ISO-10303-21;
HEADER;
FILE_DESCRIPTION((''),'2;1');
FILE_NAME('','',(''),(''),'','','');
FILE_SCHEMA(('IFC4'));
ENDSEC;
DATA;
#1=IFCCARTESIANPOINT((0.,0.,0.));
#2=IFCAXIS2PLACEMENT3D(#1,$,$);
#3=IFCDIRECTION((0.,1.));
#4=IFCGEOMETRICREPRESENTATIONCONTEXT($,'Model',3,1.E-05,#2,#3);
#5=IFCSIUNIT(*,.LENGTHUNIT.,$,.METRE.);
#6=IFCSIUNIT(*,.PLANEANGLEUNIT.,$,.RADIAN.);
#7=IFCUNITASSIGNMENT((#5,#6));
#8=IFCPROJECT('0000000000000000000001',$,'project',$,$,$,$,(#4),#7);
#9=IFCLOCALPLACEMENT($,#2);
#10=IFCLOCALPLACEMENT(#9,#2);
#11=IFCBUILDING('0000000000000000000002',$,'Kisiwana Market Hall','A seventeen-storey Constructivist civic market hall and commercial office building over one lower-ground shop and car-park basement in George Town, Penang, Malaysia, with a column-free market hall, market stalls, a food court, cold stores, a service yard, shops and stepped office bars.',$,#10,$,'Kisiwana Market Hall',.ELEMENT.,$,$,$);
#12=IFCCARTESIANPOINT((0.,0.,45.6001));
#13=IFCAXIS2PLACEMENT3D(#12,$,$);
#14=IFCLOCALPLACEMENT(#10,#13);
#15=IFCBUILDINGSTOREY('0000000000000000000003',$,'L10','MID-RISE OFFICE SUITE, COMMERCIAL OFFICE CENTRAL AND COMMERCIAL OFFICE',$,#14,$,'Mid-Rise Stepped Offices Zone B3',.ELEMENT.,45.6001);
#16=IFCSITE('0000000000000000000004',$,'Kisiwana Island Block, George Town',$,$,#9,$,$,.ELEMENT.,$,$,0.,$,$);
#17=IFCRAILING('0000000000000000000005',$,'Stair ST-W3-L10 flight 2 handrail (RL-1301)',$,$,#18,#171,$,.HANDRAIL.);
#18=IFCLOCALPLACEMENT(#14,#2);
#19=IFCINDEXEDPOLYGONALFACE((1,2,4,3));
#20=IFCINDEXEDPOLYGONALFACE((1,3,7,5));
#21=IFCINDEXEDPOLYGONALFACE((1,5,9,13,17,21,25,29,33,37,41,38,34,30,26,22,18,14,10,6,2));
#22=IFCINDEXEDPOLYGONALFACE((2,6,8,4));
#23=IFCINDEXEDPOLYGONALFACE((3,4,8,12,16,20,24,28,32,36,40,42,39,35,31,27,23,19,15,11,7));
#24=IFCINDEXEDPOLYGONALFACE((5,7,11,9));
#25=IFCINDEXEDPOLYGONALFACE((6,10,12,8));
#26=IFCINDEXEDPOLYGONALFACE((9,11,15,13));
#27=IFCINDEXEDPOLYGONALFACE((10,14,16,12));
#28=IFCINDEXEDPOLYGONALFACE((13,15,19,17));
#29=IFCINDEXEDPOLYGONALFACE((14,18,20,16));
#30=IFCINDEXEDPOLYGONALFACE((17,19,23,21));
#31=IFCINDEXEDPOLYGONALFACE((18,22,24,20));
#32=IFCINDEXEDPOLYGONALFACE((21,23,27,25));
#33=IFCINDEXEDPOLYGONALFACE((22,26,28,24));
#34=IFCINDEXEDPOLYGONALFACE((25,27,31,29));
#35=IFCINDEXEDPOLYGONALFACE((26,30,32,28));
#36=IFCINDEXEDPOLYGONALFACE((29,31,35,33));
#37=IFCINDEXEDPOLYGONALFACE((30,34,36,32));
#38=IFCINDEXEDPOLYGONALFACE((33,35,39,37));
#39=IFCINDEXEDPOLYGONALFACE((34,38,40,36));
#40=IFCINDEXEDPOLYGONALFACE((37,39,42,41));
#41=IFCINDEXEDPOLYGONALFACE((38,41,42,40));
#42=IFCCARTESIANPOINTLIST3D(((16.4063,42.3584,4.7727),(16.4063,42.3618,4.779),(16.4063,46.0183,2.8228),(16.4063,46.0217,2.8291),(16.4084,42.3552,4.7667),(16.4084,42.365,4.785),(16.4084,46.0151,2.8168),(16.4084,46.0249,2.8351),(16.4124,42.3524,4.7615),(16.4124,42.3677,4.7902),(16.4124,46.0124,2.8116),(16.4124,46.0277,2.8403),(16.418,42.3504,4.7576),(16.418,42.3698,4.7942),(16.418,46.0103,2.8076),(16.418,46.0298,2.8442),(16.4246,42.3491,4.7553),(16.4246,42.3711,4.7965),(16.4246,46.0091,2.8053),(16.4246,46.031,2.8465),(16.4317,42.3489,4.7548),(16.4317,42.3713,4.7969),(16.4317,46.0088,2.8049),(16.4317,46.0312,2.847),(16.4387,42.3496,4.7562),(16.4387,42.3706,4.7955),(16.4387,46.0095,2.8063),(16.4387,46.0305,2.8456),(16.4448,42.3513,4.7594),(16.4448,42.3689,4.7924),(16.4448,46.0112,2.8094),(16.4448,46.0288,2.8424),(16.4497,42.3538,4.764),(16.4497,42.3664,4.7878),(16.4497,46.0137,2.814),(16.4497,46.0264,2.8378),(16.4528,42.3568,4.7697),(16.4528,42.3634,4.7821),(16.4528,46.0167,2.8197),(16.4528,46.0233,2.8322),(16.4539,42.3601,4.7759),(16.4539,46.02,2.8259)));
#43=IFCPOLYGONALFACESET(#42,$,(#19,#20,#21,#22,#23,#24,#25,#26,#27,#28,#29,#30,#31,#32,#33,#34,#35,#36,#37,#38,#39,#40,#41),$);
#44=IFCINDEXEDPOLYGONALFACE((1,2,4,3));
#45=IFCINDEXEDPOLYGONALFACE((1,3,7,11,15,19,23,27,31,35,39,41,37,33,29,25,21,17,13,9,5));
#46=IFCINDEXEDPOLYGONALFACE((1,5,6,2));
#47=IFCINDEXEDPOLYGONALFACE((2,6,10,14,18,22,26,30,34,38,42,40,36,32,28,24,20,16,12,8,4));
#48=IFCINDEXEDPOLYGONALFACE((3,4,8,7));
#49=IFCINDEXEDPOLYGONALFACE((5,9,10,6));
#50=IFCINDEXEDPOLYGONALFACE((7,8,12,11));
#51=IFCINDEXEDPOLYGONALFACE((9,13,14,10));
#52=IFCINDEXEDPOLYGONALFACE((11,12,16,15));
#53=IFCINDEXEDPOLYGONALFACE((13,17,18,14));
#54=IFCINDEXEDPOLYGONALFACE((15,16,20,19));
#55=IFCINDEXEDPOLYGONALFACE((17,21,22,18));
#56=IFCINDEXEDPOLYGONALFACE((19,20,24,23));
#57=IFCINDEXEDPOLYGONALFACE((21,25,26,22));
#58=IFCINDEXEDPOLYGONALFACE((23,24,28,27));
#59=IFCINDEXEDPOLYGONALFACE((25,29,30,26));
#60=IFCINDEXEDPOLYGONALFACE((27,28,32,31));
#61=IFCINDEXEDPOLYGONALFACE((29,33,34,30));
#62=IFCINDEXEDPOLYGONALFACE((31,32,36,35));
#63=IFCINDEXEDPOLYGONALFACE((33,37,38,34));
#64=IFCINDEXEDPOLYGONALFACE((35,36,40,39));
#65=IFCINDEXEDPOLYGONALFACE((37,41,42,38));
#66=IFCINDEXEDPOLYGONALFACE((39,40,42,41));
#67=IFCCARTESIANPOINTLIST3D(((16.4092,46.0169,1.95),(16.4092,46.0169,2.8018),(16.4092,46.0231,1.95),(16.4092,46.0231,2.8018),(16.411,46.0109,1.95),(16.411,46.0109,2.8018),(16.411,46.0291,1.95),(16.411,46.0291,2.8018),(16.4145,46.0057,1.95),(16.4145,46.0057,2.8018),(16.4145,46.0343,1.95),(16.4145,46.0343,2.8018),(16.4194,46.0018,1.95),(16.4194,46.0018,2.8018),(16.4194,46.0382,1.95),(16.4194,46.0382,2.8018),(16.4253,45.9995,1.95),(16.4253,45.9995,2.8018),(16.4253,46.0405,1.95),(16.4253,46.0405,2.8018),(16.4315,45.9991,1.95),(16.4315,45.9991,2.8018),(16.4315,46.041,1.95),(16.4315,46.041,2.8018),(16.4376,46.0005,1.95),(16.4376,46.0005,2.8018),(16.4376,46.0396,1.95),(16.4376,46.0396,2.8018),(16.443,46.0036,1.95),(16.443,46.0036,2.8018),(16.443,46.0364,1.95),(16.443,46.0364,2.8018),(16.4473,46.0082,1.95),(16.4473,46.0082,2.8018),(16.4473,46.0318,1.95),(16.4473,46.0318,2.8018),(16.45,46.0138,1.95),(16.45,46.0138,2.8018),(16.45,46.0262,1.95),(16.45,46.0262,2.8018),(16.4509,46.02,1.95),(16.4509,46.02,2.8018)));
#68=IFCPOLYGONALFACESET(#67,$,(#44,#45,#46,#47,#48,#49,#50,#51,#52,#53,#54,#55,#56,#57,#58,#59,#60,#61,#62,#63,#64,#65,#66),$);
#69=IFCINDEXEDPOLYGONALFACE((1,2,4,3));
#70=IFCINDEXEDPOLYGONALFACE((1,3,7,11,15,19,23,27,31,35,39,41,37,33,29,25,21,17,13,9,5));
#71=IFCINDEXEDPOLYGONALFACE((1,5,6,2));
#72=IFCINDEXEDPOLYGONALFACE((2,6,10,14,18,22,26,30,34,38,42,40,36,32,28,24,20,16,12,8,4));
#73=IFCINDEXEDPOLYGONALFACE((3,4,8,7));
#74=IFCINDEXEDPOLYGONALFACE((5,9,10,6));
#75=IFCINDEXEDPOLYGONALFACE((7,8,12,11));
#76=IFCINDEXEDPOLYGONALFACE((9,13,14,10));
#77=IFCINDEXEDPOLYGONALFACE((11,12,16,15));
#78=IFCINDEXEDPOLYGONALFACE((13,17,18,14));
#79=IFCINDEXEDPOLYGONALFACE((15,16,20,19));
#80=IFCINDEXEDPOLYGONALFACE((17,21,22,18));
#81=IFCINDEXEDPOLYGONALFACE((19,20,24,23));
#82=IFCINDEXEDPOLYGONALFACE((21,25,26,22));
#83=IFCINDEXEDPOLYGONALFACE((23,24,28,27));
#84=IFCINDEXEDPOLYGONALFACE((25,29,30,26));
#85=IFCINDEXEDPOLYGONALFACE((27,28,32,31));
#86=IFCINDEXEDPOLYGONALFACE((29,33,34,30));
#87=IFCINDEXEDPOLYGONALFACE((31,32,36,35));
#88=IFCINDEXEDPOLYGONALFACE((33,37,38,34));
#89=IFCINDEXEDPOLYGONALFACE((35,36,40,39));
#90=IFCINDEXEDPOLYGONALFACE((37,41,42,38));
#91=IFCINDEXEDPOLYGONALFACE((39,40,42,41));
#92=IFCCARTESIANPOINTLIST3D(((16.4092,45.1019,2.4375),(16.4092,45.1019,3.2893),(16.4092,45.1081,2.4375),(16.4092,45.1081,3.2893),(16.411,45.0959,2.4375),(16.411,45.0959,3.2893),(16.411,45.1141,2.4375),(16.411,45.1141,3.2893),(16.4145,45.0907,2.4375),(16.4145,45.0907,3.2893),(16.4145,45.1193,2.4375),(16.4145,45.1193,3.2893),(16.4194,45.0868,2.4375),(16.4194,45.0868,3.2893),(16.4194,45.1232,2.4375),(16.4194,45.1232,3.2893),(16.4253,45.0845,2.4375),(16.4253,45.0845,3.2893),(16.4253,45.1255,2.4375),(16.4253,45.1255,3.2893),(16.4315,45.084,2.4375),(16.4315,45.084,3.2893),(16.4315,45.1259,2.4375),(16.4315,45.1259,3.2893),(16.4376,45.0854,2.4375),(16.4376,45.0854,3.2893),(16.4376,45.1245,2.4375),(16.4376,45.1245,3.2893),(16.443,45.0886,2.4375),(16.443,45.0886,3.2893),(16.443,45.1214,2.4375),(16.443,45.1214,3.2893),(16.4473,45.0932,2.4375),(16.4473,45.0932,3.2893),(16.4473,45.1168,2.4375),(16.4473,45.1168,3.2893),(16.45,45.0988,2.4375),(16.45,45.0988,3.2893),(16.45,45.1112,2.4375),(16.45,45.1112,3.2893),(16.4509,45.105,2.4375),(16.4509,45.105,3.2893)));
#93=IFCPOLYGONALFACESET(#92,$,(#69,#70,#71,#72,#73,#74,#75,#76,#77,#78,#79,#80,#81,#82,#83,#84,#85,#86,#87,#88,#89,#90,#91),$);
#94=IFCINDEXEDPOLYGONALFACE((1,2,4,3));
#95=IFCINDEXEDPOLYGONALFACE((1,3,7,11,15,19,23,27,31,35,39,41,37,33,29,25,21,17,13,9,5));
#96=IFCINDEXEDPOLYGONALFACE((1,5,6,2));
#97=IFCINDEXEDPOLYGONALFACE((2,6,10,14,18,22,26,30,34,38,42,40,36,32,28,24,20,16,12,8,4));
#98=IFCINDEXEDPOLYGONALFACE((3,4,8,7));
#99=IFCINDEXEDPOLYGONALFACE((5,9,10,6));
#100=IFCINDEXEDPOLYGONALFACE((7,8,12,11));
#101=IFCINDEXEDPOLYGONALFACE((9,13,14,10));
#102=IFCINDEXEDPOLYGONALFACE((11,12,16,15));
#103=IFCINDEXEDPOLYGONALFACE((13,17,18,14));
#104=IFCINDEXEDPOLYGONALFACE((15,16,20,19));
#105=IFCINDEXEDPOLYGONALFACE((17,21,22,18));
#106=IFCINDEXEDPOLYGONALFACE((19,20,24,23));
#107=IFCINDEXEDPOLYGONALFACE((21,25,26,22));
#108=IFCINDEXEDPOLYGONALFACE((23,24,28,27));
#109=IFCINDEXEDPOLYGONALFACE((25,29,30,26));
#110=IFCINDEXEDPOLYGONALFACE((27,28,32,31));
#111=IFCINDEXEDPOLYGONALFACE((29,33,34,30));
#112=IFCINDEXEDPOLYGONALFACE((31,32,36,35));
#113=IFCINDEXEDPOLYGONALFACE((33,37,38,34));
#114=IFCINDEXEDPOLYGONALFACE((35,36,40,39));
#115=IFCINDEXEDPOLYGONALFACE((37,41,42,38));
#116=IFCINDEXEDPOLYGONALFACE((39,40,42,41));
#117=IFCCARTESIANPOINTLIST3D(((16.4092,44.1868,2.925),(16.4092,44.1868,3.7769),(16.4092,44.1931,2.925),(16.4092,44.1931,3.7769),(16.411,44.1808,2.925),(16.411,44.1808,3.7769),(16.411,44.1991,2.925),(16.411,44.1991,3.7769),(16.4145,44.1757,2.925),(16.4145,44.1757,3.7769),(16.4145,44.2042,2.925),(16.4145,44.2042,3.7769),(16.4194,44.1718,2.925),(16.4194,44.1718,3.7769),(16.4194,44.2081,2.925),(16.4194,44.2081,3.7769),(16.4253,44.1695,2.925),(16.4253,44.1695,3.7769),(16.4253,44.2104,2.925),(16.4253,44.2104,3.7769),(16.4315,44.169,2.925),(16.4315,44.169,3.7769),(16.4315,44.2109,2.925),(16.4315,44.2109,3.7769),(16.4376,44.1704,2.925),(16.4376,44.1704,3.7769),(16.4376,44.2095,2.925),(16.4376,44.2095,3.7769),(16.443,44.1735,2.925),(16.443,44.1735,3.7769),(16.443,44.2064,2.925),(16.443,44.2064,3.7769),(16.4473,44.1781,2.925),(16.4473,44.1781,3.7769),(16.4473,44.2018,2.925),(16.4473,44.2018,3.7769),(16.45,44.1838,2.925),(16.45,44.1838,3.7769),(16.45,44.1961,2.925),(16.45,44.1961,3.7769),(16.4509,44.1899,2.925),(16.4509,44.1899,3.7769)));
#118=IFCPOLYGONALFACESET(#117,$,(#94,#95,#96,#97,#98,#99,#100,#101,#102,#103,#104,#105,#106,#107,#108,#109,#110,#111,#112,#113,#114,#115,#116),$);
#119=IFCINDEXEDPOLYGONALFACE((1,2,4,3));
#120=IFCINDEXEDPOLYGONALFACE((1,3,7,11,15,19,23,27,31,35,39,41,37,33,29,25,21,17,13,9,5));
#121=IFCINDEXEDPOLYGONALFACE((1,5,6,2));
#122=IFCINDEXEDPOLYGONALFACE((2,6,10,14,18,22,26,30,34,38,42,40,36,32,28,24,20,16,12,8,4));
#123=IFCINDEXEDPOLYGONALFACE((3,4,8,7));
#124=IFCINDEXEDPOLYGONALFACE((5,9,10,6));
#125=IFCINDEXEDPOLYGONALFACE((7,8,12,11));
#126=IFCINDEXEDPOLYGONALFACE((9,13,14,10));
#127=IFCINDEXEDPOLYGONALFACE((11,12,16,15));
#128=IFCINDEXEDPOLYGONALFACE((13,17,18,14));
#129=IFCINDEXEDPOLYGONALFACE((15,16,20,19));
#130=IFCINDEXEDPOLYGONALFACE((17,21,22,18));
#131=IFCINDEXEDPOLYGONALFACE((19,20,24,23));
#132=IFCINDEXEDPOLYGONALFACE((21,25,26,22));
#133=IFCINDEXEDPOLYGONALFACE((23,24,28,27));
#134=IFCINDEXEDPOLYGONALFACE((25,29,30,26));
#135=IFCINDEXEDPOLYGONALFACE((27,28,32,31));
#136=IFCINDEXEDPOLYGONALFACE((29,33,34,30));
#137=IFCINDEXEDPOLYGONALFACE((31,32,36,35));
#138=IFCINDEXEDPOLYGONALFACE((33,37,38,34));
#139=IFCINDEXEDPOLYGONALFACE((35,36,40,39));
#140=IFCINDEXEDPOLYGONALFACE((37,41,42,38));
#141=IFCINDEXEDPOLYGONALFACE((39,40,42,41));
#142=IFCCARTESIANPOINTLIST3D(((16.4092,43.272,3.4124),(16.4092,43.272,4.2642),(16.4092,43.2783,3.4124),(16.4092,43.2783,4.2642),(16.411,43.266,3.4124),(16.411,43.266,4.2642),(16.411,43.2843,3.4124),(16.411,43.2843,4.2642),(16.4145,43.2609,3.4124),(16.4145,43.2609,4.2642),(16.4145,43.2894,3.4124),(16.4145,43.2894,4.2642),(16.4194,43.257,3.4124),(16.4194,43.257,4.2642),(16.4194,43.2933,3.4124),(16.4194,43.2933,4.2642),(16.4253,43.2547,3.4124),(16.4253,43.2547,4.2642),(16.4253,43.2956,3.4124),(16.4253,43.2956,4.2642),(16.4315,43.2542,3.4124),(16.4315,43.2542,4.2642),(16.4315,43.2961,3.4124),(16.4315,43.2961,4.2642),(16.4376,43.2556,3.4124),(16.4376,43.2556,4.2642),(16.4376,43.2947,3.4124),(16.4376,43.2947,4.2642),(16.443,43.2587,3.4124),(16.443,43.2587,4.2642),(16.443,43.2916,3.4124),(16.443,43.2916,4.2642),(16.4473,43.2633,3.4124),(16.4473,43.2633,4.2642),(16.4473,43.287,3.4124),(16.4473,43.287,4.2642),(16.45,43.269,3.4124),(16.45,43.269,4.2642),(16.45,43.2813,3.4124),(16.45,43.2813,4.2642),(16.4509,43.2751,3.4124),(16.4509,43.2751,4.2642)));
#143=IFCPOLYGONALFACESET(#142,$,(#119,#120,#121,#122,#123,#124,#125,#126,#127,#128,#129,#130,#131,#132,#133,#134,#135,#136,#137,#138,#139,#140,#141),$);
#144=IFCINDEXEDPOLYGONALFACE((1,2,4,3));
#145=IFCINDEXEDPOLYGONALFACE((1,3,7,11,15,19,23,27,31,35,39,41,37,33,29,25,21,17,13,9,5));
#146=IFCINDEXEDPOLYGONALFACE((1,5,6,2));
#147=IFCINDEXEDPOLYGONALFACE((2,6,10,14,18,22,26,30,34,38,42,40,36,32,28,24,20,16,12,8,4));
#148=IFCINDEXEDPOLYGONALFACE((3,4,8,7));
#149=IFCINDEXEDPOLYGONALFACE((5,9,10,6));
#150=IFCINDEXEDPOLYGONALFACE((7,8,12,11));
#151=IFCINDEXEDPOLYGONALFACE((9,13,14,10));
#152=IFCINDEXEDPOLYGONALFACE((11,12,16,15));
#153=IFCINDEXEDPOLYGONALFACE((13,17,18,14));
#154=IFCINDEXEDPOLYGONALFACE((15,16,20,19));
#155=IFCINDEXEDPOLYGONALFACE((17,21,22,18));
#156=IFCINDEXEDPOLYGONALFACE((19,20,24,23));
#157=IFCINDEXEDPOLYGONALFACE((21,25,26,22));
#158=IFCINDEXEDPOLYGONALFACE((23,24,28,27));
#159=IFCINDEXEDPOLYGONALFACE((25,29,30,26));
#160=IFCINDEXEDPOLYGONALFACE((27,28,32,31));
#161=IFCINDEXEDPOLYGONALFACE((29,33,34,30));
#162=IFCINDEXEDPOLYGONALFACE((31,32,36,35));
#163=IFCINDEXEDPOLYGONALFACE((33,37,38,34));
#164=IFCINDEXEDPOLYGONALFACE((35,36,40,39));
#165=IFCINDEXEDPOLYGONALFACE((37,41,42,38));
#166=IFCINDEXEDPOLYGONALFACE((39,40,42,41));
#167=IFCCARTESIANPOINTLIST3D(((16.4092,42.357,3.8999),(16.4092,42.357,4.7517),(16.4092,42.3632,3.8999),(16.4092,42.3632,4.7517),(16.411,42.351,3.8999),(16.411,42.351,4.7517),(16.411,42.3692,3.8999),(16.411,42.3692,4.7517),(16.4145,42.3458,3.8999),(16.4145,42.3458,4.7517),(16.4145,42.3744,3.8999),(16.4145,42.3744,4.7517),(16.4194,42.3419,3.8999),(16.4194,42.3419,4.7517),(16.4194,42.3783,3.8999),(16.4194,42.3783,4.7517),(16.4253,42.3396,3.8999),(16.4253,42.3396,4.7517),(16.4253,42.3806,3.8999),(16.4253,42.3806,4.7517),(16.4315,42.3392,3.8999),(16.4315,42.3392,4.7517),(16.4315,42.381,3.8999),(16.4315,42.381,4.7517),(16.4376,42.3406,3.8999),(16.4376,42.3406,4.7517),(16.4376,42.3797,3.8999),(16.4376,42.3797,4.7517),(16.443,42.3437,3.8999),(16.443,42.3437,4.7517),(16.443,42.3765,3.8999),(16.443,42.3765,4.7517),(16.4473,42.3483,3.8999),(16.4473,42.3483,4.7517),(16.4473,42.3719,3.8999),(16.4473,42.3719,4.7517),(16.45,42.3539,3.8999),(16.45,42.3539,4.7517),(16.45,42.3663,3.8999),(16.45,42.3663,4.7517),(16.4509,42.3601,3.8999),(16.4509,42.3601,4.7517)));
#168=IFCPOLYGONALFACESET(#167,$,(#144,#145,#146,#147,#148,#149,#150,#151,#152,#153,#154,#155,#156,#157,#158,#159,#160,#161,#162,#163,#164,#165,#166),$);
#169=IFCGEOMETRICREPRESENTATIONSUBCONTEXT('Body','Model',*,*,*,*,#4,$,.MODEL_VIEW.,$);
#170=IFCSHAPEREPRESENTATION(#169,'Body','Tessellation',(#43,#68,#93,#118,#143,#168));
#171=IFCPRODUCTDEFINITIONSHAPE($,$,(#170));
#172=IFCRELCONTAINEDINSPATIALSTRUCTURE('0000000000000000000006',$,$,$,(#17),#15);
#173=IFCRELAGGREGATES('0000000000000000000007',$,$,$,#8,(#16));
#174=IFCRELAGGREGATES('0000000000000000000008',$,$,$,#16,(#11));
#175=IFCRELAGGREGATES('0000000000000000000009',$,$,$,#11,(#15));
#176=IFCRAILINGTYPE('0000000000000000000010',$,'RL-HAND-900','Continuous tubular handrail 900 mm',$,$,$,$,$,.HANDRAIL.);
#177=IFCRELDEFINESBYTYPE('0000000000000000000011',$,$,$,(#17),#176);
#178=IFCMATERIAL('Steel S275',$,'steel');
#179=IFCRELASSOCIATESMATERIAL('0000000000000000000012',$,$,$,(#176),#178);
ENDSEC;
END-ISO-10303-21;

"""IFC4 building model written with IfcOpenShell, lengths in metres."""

from ifc_helpers import new_model, si_unit, direction, frame, origin, origin_2d, place, context, subcontext, project, spatial, circle, extrude, material, type_object, element, save


model = new_model("IFC4")

# Units and contexts
model_context = context("Model", 3, precision=1e-05, world=origin(), true_north=direction((0.0, 1.0)))
body_context = subcontext(model_context, "Body", "Model", "MODEL_VIEW")
ifc_project = project(units=[si_unit("LENGTHUNIT", "METRE"), si_unit("PLANEANGLEUNIT", "RADIAN")], contexts=[model_context])

# Site, building, storey
site_placement = place(None, origin())
site = spatial("IfcSite", under=ifc_project, at=site_placement, Name="Kisiwana Island Block, George Town", CompositionType="ELEMENT", RefElevation=0.0)
building_placement = place(site_placement, origin())
building = spatial("IfcBuilding", under=site, at=building_placement, Name="Kisiwana Market Hall", Description="A seventeen-storey Constructivist civic market hall and commercial office building over one lower-ground shop and car-park basement in George Town, Penang, Malaysia, with a column-free market hall, market stalls, a food court, cold stores, a service yard, shops and stepped office bars.", LongName="Kisiwana Market Hall", CompositionType="ELEMENT")
storey_placement = place(building_placement, frame((0.0, 0.0, 45.6001)))
storey = spatial("IfcBuildingStorey", under=building, at=storey_placement, Name="L10", Description="MID-RISE OFFICE SUITE, COMMERCIAL OFFICE CENTRAL AND COMMERCIAL OFFICE", LongName="Mid-Rise Stepped Offices Zone B3", CompositionType="ELEMENT", Elevation=45.6001)

# Railing
ifc_material_1 = material(Name="Steel S275", Category="steel")
railing_type_1 = type_object("IfcRailingType", Name="RL-HAND-900", Description="Continuous tubular handrail 900 mm", PredefinedType="HANDRAIL", material=ifc_material_1)
for number, where, name in (
    (1, (16.4299, 46.02, 1.95), "Stair ST-W3-L10 flight 2 handrail (RL-1301)"),
):
    element("IfcRailing", number, at=place(storey_placement, frame(where)), inside=storey, type_object=railing_type_1, Name=name, PredefinedType="HANDRAIL", context=body_context, shape_type="SweptSolid", body=[
        extrude(circle(Radius=0.0239, at=origin_2d()), frame((0.0, 0.0, 0.876), z_axis=(0.0, -0.882553, 0.470212), x_axis=(1.0, 0.0, 0.0)), (0.0, 0.0, 1.0), 4.147),
        extrude(circle(Radius=0.021, at=origin_2d()), origin(), (0.0, 0.0, 1.0), 0.8518),
        extrude(circle(Radius=0.021, at=origin_2d()), frame((0.0, -0.915, 0.4875)), (0.0, 0.0, 1.0), 0.8518),
        extrude(circle(Radius=0.021, at=origin_2d()), frame((0.0, -1.8301, 0.9751)), (0.0, 0.0, 1.0), 0.8518),
        extrude(circle(Radius=0.021, at=origin_2d()), frame((0.0, -2.7449, 1.4624)), (0.0, 0.0, 1.0), 0.8518),
        extrude(circle(Radius=0.021, at=origin_2d()), frame((0.0, -3.6599, 1.95)), (0.0, 0.0, 1.0), 0.8518),
    ])

save(model, "model.ifc")
